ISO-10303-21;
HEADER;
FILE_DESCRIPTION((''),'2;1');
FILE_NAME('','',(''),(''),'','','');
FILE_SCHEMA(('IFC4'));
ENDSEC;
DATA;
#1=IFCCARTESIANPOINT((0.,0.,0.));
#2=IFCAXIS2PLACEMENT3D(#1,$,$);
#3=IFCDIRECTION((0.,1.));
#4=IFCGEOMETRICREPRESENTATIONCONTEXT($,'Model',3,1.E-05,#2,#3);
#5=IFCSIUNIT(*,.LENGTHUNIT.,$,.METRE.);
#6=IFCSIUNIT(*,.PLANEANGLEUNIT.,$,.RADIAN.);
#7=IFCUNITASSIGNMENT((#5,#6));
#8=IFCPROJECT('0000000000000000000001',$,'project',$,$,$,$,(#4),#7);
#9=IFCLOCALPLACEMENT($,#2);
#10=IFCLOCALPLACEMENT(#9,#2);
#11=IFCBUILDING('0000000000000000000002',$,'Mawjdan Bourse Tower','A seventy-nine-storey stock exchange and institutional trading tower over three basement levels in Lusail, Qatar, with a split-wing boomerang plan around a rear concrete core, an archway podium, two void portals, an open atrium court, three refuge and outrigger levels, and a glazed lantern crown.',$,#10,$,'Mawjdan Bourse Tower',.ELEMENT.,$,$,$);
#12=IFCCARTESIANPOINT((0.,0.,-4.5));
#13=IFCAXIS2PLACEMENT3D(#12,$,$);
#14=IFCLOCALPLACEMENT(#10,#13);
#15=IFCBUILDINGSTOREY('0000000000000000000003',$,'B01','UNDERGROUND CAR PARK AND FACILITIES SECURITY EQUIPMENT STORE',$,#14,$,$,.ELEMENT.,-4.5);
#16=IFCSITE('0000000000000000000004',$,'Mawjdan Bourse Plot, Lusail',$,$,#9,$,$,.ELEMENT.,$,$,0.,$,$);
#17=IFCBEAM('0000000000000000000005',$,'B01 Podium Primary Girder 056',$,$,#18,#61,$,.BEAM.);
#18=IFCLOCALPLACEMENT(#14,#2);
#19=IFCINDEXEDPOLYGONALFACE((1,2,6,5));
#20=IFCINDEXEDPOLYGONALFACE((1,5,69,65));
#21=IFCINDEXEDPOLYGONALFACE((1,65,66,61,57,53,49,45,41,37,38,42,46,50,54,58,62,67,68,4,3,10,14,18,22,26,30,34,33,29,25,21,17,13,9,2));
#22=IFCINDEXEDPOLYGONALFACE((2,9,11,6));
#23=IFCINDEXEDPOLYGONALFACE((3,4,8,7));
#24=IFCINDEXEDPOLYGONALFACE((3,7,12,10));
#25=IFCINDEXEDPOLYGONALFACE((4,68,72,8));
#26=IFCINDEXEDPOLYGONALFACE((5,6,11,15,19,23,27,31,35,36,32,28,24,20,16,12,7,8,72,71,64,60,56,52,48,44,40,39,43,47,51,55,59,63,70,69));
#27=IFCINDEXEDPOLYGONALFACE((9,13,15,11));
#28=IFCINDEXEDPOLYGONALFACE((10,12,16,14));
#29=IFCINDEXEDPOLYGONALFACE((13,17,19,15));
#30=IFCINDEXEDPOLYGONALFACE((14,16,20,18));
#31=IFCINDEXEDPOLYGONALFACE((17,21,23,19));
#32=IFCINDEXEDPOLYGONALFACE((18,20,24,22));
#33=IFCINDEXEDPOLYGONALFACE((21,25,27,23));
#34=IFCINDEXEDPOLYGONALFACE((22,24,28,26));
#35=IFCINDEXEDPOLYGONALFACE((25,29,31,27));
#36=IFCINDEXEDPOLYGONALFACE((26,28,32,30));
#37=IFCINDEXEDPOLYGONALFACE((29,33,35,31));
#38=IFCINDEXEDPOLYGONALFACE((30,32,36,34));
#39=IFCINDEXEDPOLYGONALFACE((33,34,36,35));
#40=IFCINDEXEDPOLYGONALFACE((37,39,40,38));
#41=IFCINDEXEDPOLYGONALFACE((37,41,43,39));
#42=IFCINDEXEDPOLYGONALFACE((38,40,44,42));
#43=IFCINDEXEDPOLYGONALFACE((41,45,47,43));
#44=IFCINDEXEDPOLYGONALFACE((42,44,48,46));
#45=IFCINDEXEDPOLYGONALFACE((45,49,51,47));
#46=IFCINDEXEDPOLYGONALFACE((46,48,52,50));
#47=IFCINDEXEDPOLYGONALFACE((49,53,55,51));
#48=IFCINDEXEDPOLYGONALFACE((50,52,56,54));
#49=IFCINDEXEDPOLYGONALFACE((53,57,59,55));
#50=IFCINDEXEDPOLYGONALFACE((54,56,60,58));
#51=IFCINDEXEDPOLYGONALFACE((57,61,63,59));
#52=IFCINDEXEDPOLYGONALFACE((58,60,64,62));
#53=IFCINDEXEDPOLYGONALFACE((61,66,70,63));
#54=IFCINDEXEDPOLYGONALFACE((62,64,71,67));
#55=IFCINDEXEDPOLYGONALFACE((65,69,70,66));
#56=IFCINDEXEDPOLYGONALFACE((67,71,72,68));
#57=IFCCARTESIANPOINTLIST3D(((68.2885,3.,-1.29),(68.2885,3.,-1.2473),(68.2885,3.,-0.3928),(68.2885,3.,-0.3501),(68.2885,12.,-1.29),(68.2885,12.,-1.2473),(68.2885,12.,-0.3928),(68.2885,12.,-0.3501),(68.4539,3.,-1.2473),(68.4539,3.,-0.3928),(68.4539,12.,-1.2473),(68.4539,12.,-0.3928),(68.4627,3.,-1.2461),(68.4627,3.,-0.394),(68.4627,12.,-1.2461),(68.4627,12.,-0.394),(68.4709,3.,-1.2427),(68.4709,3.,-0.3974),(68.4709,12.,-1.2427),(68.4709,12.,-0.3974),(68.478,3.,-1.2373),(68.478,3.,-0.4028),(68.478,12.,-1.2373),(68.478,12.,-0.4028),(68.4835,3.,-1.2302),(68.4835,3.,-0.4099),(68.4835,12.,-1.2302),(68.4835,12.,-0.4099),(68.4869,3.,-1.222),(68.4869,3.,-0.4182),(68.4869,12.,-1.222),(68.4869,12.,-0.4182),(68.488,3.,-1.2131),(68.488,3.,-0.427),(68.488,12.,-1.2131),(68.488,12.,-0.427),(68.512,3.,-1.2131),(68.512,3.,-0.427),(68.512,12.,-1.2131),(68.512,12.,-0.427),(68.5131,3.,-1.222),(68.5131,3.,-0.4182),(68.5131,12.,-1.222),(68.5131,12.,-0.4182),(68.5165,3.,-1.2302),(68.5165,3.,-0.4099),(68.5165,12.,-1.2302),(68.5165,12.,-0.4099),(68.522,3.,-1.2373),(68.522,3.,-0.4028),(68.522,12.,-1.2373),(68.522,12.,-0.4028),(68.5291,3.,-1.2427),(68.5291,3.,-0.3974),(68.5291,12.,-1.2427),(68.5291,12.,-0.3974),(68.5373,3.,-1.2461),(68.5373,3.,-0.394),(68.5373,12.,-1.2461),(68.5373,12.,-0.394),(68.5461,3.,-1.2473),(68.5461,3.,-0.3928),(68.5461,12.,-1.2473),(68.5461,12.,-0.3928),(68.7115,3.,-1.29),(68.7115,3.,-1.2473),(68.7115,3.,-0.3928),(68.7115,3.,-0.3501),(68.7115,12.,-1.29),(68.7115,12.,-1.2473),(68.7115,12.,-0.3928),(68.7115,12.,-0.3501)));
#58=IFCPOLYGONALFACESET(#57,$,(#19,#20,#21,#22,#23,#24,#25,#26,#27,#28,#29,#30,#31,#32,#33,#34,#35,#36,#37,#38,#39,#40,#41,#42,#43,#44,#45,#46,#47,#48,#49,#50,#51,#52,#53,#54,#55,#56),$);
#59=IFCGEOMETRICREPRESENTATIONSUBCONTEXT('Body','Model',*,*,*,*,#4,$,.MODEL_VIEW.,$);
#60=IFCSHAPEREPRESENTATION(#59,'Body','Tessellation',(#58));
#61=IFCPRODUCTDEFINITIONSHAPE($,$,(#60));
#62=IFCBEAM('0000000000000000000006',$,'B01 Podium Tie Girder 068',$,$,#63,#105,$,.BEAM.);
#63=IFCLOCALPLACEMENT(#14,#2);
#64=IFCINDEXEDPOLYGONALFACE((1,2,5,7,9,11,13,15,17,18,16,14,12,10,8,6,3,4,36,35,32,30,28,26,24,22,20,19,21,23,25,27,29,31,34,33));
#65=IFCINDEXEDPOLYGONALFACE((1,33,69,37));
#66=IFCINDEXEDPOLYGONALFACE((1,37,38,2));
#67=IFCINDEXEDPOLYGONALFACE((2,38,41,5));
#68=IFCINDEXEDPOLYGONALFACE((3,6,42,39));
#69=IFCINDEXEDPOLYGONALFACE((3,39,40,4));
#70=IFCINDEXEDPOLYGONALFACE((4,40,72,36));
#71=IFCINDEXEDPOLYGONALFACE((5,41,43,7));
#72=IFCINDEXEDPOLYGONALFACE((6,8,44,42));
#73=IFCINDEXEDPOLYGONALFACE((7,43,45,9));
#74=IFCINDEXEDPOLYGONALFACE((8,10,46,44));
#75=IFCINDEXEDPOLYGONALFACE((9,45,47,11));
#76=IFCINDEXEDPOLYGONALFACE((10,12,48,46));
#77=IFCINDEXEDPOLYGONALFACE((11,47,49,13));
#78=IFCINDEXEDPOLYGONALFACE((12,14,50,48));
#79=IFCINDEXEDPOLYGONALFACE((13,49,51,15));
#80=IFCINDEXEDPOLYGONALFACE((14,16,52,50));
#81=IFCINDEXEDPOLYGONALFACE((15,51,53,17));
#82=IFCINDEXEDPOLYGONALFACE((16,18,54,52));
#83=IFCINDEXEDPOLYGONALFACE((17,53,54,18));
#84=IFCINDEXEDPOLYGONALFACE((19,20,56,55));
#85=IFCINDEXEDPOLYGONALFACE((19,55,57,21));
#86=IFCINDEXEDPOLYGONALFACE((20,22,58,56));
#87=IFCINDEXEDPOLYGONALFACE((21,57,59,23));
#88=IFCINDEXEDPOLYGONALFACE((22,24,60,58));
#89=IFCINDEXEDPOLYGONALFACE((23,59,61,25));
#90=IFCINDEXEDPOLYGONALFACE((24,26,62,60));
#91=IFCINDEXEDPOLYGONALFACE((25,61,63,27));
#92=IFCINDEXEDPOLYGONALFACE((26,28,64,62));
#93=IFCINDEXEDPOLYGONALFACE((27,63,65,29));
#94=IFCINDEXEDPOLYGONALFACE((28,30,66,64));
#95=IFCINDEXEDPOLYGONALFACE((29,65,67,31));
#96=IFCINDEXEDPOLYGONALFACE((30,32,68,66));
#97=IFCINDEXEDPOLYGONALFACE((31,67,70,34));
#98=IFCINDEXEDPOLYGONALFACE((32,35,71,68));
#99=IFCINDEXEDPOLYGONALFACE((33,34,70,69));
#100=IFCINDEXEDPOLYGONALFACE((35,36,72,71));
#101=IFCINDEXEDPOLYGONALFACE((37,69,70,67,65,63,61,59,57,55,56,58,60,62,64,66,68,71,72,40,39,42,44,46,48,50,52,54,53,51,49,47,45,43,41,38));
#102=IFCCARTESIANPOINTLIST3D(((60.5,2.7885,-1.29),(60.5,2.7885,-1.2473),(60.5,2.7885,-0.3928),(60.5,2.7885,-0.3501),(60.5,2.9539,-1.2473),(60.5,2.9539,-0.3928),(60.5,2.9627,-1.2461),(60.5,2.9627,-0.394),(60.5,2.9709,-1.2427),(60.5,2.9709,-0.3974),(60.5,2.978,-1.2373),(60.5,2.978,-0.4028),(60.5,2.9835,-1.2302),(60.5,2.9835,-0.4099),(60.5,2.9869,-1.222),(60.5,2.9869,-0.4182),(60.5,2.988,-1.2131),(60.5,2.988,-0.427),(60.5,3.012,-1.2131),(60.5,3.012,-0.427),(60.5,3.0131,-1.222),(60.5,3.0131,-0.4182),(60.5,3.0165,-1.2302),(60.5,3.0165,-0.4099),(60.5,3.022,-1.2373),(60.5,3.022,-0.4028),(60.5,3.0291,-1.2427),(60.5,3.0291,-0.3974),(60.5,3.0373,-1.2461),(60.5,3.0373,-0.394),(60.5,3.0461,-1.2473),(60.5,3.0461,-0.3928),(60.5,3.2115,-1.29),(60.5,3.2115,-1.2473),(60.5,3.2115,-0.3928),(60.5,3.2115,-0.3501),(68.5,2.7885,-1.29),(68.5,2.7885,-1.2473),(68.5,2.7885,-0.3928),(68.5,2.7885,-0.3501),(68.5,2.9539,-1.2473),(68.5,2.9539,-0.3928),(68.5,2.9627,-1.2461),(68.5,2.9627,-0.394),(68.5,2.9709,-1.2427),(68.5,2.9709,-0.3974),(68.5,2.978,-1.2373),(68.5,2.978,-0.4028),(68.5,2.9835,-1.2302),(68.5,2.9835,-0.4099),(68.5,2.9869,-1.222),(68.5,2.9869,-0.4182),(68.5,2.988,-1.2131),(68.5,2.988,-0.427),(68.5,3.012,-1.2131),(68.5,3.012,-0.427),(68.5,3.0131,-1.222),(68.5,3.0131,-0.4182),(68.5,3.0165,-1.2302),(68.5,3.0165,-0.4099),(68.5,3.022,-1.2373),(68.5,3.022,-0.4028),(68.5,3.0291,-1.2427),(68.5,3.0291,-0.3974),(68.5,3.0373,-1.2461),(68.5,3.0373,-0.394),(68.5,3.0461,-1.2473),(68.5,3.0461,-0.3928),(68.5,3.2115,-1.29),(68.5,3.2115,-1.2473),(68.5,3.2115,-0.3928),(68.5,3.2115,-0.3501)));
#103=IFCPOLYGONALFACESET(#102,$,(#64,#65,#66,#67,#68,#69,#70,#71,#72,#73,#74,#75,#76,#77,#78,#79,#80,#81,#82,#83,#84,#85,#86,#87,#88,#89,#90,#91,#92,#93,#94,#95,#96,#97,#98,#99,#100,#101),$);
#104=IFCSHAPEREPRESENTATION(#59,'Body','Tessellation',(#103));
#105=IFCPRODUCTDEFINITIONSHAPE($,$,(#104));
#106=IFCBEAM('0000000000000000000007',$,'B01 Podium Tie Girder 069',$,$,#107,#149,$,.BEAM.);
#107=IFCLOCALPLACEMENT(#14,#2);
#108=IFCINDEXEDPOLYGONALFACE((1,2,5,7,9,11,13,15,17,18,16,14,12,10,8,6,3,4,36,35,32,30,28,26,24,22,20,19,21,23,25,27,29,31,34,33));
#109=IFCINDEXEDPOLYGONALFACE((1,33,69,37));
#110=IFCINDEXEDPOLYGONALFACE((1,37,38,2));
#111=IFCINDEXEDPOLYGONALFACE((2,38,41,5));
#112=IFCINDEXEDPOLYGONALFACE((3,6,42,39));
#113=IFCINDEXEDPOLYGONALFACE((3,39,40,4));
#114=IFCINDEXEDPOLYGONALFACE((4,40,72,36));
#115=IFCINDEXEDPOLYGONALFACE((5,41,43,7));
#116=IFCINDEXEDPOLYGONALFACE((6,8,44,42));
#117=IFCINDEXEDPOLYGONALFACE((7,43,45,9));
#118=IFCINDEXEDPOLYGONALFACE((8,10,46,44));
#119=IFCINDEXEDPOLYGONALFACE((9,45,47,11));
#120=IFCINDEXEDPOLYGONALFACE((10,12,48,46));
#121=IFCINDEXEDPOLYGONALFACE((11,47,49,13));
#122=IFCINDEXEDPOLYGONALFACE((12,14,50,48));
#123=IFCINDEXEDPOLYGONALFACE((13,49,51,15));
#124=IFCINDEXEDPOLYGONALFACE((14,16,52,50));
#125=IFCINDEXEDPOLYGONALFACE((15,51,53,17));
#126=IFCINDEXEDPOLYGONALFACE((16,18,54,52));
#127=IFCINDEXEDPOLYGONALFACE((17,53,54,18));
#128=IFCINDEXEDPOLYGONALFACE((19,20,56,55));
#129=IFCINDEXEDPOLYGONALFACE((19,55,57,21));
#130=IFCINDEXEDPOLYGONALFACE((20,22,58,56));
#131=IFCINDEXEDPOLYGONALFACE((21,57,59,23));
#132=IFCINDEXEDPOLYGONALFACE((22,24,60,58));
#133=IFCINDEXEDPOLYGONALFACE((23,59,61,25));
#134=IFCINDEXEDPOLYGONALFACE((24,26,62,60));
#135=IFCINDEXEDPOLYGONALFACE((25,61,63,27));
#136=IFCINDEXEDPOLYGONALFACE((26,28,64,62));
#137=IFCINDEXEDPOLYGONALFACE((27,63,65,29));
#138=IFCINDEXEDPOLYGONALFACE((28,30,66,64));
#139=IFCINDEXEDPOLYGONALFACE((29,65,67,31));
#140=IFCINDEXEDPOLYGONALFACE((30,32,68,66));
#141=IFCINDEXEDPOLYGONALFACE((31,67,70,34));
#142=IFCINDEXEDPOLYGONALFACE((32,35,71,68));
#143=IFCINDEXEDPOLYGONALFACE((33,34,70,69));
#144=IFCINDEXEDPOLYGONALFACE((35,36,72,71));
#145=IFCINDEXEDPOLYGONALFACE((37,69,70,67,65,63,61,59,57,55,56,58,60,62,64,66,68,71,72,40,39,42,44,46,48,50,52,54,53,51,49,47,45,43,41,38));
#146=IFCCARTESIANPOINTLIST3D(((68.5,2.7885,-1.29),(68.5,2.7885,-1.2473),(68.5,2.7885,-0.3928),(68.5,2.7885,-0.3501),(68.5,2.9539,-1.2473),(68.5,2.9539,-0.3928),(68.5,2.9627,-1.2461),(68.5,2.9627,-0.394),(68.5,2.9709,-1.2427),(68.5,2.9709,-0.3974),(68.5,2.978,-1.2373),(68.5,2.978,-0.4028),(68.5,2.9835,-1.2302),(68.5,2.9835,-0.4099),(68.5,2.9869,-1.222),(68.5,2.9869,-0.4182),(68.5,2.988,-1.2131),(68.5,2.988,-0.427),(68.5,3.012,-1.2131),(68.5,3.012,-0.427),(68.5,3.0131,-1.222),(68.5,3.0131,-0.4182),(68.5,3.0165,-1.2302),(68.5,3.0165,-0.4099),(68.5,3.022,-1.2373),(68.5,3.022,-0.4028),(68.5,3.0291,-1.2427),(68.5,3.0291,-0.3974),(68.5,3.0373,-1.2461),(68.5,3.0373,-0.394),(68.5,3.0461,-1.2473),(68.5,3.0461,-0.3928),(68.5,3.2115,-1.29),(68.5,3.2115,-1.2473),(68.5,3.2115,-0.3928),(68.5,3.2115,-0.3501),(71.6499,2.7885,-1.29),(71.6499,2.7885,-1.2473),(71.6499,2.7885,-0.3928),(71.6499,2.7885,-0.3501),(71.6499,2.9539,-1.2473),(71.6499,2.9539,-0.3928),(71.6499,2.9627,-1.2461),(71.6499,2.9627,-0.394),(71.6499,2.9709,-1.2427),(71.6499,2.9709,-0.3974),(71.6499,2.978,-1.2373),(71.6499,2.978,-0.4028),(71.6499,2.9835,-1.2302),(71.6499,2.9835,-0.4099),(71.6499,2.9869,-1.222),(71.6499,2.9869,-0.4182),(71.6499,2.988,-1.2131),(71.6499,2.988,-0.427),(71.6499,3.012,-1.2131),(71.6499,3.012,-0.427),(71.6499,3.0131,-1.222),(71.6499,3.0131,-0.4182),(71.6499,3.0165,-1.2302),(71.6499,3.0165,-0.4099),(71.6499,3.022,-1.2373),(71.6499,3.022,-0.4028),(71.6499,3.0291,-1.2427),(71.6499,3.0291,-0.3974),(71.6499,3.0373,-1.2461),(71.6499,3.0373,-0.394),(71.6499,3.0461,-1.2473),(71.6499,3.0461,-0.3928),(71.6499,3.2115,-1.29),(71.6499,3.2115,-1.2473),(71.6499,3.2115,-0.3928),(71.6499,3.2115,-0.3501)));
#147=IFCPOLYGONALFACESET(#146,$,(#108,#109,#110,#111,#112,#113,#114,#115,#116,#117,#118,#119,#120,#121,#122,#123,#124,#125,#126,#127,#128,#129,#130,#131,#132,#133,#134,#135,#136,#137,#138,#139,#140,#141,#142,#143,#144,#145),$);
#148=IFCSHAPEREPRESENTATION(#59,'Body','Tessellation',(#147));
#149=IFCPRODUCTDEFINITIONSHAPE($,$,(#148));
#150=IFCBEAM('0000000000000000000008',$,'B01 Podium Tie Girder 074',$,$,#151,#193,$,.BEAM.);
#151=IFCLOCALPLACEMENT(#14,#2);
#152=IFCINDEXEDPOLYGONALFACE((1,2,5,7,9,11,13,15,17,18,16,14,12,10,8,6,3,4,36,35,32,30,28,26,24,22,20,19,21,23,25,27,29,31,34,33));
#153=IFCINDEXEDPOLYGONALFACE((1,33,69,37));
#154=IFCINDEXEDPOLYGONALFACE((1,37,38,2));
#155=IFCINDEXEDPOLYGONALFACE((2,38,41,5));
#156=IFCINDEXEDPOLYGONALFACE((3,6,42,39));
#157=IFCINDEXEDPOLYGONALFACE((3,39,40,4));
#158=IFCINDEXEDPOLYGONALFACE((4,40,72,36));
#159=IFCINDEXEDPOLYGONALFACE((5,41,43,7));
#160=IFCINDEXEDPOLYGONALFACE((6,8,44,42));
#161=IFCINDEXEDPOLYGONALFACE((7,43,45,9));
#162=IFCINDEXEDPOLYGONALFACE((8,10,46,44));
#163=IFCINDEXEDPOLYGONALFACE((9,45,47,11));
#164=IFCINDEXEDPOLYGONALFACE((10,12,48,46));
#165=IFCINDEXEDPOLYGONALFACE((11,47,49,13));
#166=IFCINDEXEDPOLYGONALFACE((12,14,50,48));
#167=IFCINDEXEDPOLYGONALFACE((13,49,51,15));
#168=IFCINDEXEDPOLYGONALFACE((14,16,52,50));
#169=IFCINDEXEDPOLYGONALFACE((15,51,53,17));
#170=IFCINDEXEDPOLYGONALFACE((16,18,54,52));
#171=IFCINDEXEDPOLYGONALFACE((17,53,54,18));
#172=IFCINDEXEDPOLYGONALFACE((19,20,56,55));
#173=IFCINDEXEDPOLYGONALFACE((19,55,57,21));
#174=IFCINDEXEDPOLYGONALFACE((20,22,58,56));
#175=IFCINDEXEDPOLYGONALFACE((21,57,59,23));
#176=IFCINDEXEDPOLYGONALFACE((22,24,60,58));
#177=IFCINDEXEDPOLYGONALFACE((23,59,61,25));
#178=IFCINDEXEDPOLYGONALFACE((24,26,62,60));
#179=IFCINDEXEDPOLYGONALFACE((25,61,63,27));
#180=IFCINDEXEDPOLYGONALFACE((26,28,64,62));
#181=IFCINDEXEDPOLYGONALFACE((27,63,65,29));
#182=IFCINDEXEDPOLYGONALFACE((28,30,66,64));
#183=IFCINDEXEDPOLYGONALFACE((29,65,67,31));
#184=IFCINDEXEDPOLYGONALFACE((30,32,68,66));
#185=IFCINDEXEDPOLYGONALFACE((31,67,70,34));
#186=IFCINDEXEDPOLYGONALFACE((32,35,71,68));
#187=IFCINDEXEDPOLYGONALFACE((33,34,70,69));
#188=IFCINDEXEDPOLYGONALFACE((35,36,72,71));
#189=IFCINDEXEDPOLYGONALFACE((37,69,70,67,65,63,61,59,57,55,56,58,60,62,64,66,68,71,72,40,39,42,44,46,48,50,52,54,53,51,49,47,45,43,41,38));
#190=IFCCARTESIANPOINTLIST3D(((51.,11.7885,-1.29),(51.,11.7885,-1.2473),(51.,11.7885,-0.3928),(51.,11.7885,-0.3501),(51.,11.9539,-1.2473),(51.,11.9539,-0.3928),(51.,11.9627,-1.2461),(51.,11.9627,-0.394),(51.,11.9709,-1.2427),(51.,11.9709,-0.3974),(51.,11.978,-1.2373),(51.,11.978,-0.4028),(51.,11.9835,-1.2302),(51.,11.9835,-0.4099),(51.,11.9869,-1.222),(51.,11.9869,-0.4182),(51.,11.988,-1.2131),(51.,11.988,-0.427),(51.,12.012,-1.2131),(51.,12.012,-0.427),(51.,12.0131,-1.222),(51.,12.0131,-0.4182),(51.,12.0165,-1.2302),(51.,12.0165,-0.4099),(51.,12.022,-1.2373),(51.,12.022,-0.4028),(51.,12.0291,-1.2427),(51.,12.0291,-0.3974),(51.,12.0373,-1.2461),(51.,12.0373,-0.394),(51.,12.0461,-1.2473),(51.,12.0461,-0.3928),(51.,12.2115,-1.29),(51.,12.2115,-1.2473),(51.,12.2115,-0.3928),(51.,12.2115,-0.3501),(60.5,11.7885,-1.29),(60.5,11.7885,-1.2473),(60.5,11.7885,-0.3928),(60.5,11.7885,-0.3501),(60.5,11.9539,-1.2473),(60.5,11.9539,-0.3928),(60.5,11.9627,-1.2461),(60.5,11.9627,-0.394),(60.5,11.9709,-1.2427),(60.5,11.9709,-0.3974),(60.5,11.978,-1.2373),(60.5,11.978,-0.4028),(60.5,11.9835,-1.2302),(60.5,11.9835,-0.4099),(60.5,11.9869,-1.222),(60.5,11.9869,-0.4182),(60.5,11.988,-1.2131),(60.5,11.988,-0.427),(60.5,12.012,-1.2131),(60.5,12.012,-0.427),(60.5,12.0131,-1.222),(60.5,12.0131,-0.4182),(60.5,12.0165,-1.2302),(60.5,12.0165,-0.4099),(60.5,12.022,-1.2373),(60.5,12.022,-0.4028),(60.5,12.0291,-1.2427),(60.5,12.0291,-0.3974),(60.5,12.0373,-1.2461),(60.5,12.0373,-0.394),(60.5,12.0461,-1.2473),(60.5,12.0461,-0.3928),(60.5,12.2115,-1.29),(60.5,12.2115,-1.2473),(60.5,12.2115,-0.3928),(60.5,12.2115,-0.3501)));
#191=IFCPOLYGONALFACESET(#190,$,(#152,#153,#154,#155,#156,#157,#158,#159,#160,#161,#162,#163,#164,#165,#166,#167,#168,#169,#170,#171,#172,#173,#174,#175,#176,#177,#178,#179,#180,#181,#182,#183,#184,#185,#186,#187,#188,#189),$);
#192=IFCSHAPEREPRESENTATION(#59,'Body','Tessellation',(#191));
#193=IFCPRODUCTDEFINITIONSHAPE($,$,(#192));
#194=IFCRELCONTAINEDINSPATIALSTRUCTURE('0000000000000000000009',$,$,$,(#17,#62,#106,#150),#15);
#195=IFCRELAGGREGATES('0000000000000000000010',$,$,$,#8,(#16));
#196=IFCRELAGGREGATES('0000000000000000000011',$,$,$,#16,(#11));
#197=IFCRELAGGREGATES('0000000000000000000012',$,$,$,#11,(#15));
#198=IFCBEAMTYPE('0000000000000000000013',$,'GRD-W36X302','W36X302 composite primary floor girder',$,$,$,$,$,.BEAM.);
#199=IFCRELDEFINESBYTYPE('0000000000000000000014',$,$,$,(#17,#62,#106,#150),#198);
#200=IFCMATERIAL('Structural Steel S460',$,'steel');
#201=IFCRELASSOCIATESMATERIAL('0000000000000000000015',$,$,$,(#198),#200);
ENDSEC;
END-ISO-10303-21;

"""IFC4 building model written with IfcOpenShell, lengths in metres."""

from ifc_helpers import new_model, si_unit, direction, frame, origin, origin_2d, place, context, subcontext, project, spatial, i_section, extrude, material, material_profile, profile_set, type_object, element, save


model = new_model("IFC4")

# Units and contexts
model_context = context("Model", 3, precision=1e-05, world=origin(), true_north=direction((0.0, 1.0)))
body_context = subcontext(model_context, "Body", "Model", "MODEL_VIEW")
ifc_project = project(units=[si_unit("LENGTHUNIT", "METRE"), si_unit("PLANEANGLEUNIT", "RADIAN")], contexts=[model_context])

# Site, building, storey
site_placement = place(None, origin())
site = spatial("IfcSite", under=ifc_project, at=site_placement, Name="Mawjdan Bourse Plot, Lusail", CompositionType="ELEMENT", RefElevation=0.0)
building_placement = place(site_placement, origin())
building = spatial("IfcBuilding", under=site, at=building_placement, Name="Mawjdan Bourse Tower", Description="A seventy-nine-storey stock exchange and institutional trading tower over three basement levels in Lusail, Qatar, with a split-wing boomerang plan around a rear concrete core, an archway podium, two void portals, an open atrium court, three refuge and outrigger levels, and a glazed lantern crown.", LongName="Mawjdan Bourse Tower", CompositionType="ELEMENT")
storey_placement = place(building_placement, frame((0.0, 0.0, -4.5)))
storey = spatial("IfcBuildingStorey", under=building, at=storey_placement, Name="B01", Description="UNDERGROUND CAR PARK AND FACILITIES SECURITY EQUIPMENT STORE", CompositionType="ELEMENT", Elevation=-4.5)

# Beams
ifc_material_1 = material(Name="Structural Steel S460", Category="steel")
ifc_material_profile_1 = material_profile(ifc_material_1, i_section(OverallWidth=0.4231, OverallDepth=0.9399, WebThickness=0.0239, FlangeThickness=0.0427, FilletRadius=0.0342, at=origin_2d()), Name="W36X302")
ifc_profile_set_1 = profile_set([ifc_material_profile_1], Name="Structural Steel S460")
beam_type_1 = type_object("IfcBeamType", Name="GRD-W36X302", Description="W36X302 composite primary floor girder", PredefinedType="BEAM", material=ifc_profile_set_1)
beam_1_placement = place(storey_placement, frame((68.5, 3.0, -0.8201), z_axis=(0.0, 1.0, 0.0), x_axis=(-1.0, 0.0, 0.0)))
element("IfcBeam", 1, at=beam_1_placement, inside=storey, type_object=beam_type_1, Name="B01 Podium Primary Girder 056", PredefinedType="BEAM", context=body_context, shape_type="SweptSolid", body=[
    extrude(i_section(OverallWidth=0.4231, OverallDepth=0.9399, WebThickness=0.0239, FlangeThickness=0.0427, FilletRadius=0.0342, at=origin_2d()), origin(), (0.0, 0.0, 1.0), 9.0),
])
beam_2_placement = place(storey_placement, frame((60.5, 3.0, -0.8201), z_axis=(1.0, 0.0, 0.0), x_axis=(0.0, 1.0, 0.0)))
element("IfcBeam", 2, at=beam_2_placement, inside=storey, type_object=beam_type_1, Name="B01 Podium Tie Girder 068", PredefinedType="BEAM", context=body_context, shape_type="SweptSolid", body=[
    extrude(i_section(OverallWidth=0.4231, OverallDepth=0.9399, WebThickness=0.0239, FlangeThickness=0.0427, FilletRadius=0.0342, at=origin_2d()), origin(), (0.0, 0.0, 1.0), 8.0),
])
beam_3_placement = place(storey_placement, frame((68.5, 3.0, -0.8201), z_axis=(1.0, 0.0, 0.0), x_axis=(0.0, 1.0, 0.0)))
element("IfcBeam", 3, at=beam_3_placement, inside=storey, type_object=beam_type_1, Name="B01 Podium Tie Girder 069", PredefinedType="BEAM", context=body_context, shape_type="SweptSolid", body=[
    extrude(i_section(OverallWidth=0.4231, OverallDepth=0.9399, WebThickness=0.0239, FlangeThickness=0.0427, FilletRadius=0.0342, at=origin_2d()), origin(), (0.0, 0.0, 1.0), 3.1499),
])
beam_4_placement = place(storey_placement, frame((51.0, 12.0, -0.8201), z_axis=(1.0, 0.0, 0.0), x_axis=(0.0, 1.0, 0.0)))
element("IfcBeam", 4, at=beam_4_placement, inside=storey, type_object=beam_type_1, Name="B01 Podium Tie Girder 074", PredefinedType="BEAM", context=body_context, shape_type="SweptSolid", body=[
    extrude(i_section(OverallWidth=0.4231, OverallDepth=0.9399, WebThickness=0.0239, FlangeThickness=0.0427, FilletRadius=0.0342, at=origin_2d()), origin(), (0.0, 0.0, 1.0), 9.5),
])

save(model, "model.ifc")
